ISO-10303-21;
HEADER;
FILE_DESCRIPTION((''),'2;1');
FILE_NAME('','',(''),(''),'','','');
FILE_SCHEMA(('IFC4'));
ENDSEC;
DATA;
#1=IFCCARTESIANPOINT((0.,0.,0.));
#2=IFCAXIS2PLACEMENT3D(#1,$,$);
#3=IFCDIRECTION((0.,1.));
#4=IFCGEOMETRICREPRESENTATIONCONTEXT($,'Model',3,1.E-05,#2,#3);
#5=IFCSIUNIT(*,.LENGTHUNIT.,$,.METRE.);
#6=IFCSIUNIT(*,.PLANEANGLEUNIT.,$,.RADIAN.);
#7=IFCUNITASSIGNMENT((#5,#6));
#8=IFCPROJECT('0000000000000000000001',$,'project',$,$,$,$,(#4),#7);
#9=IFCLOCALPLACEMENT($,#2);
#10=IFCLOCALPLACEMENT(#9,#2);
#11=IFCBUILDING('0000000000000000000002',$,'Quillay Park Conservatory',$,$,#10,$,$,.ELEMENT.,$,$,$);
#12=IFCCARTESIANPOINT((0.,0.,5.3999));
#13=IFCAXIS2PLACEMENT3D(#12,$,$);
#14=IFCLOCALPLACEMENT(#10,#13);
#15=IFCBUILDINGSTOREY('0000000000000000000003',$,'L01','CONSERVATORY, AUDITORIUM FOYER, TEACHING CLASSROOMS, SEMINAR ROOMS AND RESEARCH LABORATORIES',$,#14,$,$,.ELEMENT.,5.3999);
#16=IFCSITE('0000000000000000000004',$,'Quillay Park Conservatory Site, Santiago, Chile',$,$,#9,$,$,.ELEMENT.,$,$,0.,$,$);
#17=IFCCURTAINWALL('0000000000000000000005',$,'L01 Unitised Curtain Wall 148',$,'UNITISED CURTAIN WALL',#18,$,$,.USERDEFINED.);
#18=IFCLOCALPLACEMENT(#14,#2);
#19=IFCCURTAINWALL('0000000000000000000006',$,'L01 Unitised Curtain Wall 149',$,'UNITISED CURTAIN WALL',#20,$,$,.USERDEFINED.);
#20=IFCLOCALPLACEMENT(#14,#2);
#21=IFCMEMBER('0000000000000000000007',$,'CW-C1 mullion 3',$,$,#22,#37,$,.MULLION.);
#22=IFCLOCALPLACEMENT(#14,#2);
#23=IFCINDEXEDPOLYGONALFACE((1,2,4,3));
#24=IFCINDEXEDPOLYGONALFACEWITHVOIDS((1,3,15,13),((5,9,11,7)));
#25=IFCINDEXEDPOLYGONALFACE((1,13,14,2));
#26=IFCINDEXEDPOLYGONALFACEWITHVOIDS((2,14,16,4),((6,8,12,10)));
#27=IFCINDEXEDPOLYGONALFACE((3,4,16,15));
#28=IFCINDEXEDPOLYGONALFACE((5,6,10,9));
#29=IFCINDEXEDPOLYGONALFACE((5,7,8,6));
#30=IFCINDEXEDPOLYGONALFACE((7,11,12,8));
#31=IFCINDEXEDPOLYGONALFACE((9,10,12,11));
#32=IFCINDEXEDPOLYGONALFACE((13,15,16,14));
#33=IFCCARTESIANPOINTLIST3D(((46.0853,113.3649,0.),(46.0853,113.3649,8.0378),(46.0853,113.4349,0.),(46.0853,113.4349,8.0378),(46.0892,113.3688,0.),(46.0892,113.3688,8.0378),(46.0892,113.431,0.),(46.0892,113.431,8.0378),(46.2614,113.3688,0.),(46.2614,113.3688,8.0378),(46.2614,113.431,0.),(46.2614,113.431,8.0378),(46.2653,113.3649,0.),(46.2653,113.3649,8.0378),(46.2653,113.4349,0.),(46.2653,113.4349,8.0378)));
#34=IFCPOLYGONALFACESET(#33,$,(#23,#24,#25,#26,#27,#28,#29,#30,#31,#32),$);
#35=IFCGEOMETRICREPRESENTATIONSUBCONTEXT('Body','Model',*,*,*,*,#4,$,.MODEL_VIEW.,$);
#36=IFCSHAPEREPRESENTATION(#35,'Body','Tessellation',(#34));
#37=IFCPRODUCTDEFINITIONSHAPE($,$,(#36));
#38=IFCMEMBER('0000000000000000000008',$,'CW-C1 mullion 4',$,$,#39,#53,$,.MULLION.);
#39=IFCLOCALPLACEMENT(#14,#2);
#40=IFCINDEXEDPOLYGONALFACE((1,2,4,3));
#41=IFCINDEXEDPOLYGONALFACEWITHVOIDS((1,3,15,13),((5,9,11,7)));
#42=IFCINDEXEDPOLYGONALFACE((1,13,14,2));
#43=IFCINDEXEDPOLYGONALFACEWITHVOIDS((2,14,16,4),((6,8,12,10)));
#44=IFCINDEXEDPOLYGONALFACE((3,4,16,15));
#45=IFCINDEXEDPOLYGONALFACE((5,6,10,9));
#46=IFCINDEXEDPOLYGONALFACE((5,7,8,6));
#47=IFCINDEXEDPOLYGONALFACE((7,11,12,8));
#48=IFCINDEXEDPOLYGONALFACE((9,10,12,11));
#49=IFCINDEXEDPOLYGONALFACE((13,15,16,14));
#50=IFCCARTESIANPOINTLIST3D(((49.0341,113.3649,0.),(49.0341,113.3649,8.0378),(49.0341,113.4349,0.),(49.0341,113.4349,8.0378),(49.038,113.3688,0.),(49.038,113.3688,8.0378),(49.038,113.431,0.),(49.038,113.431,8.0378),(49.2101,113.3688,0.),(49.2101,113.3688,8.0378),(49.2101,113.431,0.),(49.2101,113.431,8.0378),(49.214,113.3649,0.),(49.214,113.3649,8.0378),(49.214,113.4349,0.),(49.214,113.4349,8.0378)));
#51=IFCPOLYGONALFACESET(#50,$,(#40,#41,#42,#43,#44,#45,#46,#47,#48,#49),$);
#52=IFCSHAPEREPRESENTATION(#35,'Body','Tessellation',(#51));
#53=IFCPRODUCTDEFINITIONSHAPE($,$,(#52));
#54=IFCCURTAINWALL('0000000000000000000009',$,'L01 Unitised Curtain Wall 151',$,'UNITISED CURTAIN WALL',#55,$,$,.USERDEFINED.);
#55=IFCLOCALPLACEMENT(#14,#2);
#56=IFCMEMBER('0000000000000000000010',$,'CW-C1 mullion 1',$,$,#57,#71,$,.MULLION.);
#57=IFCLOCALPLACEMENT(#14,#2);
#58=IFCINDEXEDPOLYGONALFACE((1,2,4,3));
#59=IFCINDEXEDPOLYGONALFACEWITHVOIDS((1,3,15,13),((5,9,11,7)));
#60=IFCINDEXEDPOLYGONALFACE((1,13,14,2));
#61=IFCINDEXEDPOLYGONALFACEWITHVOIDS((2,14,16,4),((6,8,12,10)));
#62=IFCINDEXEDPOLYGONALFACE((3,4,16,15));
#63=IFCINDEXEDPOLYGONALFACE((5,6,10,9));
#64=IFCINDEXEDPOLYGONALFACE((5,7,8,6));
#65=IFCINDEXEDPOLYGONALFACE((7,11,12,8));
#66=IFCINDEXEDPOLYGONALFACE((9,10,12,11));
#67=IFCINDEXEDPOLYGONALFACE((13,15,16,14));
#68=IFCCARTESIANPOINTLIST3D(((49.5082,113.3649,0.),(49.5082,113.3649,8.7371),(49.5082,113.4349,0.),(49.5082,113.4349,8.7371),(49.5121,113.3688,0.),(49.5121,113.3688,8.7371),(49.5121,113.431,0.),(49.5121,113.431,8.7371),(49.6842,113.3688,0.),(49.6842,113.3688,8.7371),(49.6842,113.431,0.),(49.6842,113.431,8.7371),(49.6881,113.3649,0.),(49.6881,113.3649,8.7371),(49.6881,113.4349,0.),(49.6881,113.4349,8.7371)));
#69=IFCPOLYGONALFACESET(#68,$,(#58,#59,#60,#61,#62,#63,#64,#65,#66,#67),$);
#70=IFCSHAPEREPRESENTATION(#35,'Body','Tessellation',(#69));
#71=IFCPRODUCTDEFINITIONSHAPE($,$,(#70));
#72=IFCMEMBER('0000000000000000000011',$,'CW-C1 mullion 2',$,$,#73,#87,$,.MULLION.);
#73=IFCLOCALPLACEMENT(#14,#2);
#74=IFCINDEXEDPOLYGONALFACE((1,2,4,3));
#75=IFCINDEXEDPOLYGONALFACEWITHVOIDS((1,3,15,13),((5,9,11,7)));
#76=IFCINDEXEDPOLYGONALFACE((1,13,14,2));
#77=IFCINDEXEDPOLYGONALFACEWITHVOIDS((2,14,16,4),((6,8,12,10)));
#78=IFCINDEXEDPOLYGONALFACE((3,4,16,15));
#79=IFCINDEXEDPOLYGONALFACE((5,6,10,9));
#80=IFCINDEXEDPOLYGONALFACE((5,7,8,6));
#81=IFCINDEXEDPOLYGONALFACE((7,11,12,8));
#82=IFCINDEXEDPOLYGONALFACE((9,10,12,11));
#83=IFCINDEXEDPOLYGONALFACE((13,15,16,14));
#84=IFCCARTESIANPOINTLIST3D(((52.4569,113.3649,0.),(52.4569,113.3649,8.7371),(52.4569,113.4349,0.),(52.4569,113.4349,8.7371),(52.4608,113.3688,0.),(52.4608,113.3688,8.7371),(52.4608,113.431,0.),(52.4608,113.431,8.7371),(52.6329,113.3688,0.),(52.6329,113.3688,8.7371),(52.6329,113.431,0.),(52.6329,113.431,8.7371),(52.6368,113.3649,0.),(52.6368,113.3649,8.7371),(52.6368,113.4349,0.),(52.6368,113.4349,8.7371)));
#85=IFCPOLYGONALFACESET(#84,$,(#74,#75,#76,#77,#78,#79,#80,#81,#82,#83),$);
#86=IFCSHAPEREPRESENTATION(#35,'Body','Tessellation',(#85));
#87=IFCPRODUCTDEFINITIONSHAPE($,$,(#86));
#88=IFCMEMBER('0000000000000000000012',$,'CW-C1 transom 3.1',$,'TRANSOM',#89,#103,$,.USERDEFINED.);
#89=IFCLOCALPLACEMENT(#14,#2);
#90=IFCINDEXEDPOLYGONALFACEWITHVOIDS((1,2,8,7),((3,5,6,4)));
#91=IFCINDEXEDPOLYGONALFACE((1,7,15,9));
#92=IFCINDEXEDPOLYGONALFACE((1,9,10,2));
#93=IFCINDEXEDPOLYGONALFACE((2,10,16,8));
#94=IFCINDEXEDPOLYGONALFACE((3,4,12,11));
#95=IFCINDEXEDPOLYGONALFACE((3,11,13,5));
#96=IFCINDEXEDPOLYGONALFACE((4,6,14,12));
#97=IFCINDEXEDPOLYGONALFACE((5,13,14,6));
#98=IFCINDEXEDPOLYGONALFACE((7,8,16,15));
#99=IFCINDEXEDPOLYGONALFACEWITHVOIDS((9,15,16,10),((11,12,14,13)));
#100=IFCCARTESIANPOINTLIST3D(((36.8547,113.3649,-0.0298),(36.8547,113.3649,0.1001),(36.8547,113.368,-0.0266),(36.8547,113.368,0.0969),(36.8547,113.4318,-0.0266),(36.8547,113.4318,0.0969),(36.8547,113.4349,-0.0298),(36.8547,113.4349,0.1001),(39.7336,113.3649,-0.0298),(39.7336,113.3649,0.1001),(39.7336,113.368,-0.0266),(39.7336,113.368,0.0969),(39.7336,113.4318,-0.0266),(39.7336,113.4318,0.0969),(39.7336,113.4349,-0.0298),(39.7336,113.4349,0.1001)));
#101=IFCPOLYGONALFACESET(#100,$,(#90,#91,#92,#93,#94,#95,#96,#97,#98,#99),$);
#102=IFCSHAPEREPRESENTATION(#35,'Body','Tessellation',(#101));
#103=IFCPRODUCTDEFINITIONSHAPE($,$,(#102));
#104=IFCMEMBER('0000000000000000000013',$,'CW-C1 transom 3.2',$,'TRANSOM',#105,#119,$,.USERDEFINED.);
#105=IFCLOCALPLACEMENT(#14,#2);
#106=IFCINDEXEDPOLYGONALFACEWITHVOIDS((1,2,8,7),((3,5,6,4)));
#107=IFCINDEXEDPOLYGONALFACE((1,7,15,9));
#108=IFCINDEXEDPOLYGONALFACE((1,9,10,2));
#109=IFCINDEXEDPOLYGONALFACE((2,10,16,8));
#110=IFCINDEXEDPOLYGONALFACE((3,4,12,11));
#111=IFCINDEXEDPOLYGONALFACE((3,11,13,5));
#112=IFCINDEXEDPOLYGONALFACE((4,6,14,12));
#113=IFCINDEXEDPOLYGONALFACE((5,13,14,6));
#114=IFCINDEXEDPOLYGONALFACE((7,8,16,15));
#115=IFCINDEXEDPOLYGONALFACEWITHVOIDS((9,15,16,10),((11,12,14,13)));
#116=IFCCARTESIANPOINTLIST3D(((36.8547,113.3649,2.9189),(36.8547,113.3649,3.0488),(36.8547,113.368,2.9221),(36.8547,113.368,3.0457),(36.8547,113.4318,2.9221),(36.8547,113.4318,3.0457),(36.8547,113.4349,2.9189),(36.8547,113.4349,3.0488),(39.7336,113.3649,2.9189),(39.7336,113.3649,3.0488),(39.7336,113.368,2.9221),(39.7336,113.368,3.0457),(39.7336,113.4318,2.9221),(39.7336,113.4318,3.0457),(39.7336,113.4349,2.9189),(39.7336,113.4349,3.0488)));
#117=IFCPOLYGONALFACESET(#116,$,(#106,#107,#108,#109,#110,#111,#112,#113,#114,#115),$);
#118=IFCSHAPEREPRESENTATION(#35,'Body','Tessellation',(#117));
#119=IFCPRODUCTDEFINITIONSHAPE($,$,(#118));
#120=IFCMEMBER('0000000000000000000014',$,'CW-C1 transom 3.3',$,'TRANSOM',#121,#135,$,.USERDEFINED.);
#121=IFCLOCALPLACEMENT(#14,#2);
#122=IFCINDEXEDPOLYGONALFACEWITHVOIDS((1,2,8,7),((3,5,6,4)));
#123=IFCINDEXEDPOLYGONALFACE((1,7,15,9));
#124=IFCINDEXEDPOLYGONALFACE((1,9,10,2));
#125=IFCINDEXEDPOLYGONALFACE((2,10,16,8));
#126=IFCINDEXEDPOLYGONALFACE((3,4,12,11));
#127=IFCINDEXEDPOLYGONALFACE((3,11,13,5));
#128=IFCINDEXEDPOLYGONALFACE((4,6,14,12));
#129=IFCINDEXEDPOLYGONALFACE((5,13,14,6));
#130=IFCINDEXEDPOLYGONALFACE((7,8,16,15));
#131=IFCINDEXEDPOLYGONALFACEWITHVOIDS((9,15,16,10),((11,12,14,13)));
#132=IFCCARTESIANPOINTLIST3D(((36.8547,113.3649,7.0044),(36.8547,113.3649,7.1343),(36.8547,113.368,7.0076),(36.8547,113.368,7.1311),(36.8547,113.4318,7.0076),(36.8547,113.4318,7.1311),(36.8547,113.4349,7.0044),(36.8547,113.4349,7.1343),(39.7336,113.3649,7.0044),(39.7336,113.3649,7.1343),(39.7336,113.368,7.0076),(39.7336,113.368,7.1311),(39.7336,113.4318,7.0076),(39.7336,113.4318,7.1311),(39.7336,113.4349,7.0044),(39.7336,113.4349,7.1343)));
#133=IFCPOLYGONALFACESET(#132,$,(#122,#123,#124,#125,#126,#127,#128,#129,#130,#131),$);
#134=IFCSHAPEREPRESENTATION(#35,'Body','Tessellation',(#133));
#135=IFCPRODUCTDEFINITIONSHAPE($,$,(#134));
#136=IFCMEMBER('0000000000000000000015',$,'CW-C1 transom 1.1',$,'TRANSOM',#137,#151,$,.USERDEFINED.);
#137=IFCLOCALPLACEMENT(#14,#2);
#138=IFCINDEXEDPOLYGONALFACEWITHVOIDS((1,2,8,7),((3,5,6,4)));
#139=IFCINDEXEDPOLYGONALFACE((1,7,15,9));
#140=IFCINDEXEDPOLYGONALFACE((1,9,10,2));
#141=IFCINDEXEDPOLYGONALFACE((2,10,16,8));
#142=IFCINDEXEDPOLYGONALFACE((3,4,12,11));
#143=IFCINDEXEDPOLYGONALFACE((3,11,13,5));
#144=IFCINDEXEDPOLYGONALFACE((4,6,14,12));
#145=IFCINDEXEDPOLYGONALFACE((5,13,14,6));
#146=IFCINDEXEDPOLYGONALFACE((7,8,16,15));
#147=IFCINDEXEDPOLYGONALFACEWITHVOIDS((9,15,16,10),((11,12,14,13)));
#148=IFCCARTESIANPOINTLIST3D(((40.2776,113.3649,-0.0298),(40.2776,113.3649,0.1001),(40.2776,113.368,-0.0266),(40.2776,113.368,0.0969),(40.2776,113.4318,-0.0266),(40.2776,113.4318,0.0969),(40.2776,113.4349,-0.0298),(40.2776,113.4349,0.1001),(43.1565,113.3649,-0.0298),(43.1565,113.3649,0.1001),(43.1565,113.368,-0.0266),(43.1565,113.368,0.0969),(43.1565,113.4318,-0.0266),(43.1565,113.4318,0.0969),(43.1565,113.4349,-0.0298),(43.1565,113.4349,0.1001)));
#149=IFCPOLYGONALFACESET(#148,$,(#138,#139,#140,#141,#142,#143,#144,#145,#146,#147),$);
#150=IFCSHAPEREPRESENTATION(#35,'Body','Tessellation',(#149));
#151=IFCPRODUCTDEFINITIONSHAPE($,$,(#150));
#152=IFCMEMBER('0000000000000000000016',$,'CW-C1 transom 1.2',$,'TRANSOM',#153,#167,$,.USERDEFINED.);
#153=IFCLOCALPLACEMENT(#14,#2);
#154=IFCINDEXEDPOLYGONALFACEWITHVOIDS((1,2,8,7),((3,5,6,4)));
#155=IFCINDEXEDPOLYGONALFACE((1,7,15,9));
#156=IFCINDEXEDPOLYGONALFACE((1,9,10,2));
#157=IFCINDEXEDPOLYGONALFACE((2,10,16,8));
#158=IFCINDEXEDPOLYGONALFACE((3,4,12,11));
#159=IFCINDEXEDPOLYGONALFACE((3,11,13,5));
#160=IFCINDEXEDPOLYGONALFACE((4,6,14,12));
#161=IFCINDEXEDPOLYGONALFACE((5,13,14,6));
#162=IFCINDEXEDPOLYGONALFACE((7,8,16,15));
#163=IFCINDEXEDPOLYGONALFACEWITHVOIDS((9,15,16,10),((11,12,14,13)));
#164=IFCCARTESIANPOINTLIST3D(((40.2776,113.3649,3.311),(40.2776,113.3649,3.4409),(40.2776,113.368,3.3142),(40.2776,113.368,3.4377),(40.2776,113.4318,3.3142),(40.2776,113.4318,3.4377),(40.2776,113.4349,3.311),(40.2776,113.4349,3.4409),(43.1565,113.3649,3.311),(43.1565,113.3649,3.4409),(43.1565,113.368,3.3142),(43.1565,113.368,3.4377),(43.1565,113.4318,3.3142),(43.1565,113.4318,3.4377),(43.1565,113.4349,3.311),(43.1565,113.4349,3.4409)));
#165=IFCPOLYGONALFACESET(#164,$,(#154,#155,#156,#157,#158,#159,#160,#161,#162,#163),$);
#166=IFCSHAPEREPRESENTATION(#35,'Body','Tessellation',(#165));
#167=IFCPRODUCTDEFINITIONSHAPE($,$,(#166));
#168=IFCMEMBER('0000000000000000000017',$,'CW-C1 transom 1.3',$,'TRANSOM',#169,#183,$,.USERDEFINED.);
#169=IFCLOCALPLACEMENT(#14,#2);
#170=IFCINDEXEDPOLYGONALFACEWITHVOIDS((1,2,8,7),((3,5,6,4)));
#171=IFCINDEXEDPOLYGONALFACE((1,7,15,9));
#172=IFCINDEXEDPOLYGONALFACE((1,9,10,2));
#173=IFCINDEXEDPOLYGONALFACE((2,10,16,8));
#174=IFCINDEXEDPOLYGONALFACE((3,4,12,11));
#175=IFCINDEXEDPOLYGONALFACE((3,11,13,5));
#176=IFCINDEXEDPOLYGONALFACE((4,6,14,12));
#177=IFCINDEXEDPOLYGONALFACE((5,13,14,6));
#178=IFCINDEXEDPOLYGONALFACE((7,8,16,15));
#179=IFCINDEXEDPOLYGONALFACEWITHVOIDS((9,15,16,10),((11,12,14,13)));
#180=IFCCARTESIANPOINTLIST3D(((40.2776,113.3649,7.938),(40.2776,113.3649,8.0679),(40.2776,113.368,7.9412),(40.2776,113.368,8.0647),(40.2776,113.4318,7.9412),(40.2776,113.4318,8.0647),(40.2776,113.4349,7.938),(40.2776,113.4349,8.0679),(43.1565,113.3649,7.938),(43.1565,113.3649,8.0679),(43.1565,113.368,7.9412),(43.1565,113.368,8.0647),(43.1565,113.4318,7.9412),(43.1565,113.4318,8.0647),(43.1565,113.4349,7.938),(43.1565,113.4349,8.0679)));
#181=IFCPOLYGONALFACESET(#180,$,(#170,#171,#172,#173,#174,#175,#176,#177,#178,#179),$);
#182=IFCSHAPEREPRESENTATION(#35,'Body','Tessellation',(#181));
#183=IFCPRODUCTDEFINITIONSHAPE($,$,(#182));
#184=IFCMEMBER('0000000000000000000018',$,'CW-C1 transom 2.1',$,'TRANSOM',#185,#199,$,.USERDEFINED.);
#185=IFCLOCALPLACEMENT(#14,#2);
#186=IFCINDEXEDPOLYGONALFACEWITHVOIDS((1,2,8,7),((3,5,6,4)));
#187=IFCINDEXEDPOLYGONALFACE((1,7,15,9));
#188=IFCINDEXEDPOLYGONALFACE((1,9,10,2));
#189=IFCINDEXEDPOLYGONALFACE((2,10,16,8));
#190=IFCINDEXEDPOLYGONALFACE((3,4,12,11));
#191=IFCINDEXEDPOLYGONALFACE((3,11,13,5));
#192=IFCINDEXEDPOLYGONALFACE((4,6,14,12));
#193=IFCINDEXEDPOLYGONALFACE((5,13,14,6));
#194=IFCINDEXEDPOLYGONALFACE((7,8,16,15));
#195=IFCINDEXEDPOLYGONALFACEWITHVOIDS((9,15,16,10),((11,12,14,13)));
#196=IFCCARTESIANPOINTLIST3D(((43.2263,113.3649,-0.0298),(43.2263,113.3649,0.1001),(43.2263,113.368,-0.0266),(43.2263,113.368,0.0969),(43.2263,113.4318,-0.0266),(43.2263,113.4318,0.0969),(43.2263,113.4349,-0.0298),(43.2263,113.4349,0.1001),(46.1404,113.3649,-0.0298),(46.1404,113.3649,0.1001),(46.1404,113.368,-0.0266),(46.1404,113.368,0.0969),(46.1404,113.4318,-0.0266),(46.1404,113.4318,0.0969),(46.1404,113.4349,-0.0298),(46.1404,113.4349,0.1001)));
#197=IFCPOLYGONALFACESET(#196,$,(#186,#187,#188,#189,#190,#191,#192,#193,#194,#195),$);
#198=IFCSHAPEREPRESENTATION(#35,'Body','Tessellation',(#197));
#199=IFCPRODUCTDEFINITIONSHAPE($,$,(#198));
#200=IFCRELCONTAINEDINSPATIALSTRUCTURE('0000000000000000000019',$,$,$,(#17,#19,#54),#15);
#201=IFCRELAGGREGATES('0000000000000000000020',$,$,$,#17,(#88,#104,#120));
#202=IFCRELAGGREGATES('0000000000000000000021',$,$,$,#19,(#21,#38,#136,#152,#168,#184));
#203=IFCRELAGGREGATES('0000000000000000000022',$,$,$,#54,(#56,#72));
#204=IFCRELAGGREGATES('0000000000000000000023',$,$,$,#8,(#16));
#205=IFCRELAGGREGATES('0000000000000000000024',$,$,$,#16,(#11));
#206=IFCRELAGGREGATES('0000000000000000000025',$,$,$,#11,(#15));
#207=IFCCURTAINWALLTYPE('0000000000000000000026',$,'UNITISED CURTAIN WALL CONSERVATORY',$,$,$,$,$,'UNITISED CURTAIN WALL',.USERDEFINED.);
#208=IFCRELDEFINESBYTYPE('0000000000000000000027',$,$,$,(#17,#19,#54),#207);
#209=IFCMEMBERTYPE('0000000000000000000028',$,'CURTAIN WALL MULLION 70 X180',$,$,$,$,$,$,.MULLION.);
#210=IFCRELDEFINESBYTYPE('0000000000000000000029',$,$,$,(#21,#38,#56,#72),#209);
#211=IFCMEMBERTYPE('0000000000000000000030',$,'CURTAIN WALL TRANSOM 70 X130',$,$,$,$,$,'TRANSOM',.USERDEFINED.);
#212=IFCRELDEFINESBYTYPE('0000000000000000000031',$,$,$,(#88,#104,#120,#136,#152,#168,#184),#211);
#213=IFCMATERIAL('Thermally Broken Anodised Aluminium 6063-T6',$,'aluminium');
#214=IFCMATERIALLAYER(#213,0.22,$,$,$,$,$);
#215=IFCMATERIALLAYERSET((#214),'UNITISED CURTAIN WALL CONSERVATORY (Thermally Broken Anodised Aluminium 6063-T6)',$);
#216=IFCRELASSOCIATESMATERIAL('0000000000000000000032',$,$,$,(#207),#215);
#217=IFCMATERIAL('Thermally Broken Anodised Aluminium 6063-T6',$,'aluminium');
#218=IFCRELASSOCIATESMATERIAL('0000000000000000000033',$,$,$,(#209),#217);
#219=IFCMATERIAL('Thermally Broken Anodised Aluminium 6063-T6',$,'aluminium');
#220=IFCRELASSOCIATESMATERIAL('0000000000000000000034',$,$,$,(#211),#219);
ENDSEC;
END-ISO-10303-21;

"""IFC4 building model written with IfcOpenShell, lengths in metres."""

from ifc_helpers import new_model, si_unit, direction, frame, origin, origin_2d, place, context, subcontext, project, spatial, hollow_rectangle, extrude, material, layer, layer_set, material_profile, profile_set, type_object, element, aggregate, save


model = new_model("IFC4")

# Units and contexts
model_context = context("Model", 3, precision=1e-05, world=origin(), true_north=direction((0.0, 1.0)))
body_context = subcontext(model_context, "Body", "Model", "MODEL_VIEW")
ifc_project = project(units=[si_unit("LENGTHUNIT", "METRE"), si_unit("PLANEANGLEUNIT", "RADIAN")], contexts=[model_context])

# Site, building, storey
site_placement = place(None, origin())
site = spatial("IfcSite", under=ifc_project, at=site_placement, Name="Quillay Park Conservatory Site, Santiago, Chile", CompositionType="ELEMENT", RefElevation=0.0)
building_placement = place(site_placement, origin())
building = spatial("IfcBuilding", under=site, at=building_placement, Name="Quillay Park Conservatory", CompositionType="ELEMENT")
storey_placement = place(building_placement, frame((0.0, 0.0, 5.3999)))
storey = spatial("IfcBuildingStorey", under=building, at=storey_placement, Name="L01", Description="CONSERVATORY, AUDITORIUM FOYER, TEACHING CLASSROOMS, SEMINAR ROOMS AND RESEARCH LABORATORIES", CompositionType="ELEMENT", Elevation=5.3999)

# Curtain walls, members
ifc_material_1 = material(Name="Thermally Broken Anodised Aluminium 6063-T6", Category="aluminium")
ifc_layer_1 = layer(ifc_material_1, 0.22)
ifc_layer_set_1 = layer_set([ifc_layer_1], Name="UNITISED CURTAIN WALL CONSERVATORY (Thermally Broken Anodised Aluminium 6063-T6)")
curtain_wall_type = type_object("IfcCurtainWallType", Name="UNITISED CURTAIN WALL CONSERVATORY", ElementType="UNITISED CURTAIN WALL", PredefinedType="USERDEFINED", material=ifc_layer_set_1)
curtain_wall_1_placement = place(storey_placement, origin())
curtain_wall_1 = element("IfcCurtainWall", 1, at=curtain_wall_1_placement, inside=storey, type_object=curtain_wall_type, Name="L01 Unitised Curtain Wall 148", ObjectType="UNITISED CURTAIN WALL", PredefinedType="USERDEFINED")
ifc_material_2 = material(Name="Thermally Broken Anodised Aluminium 6063-T6", Category="aluminium")
ifc_material_profile_1 = material_profile(ifc_material_2, hollow_rectangle(XDim=0.0701, YDim=0.1799, WallThickness=0.0039, at=origin_2d()), Name="AL70x180x4")
ifc_profile_set_1 = profile_set([ifc_material_profile_1], Name="Thermally Broken Anodised Aluminium 6063-T6")
member_type_1 = type_object("IfcMemberType", Name="CURTAIN WALL MULLION 70 X180", PredefinedType="MULLION", material=ifc_profile_set_1)
curtain_wall_2_placement = place(storey_placement, origin())
curtain_wall_2 = element("IfcCurtainWall", 2, at=curtain_wall_2_placement, inside=storey, type_object=curtain_wall_type, Name="L01 Unitised Curtain Wall 149", ObjectType="UNITISED CURTAIN WALL", PredefinedType="USERDEFINED")
member_1_placement = place(storey_placement, frame((46.1753, 113.3999, 0.0), z_axis=(0.0, 0.0, 1.0), x_axis=(0.0, 1.0, 0.0)))
member_1 = element("IfcMember", 3, at=member_1_placement, type_object=member_type_1, Name="CW-C1 mullion 3", PredefinedType="MULLION", context=body_context, shape_type="SweptSolid", body=[
    extrude(hollow_rectangle(XDim=0.0701, YDim=0.1799, WallThickness=0.0039, at=origin_2d()), origin(), (0.0, 0.0, 1.0), 8.0378),
])
member_2_placement = place(storey_placement, frame((49.124, 113.3999, 0.0), z_axis=(0.0, 0.0, 1.0), x_axis=(0.0, 1.0, 0.0)))
member_2 = element("IfcMember", 4, at=member_2_placement, type_object=member_type_1, Name="CW-C1 mullion 4", PredefinedType="MULLION", context=body_context, shape_type="SweptSolid", body=[
    extrude(hollow_rectangle(XDim=0.0701, YDim=0.1799, WallThickness=0.0039, at=origin_2d()), origin(), (0.0, 0.0, 1.0), 8.0378),
])
curtain_wall_3_placement = place(storey_placement, origin())
curtain_wall_3 = element("IfcCurtainWall", 5, at=curtain_wall_3_placement, inside=storey, type_object=curtain_wall_type, Name="L01 Unitised Curtain Wall 151", ObjectType="UNITISED CURTAIN WALL", PredefinedType="USERDEFINED")
member_3_placement = place(storey_placement, frame((49.5981, 113.3999, 0.0), z_axis=(0.0, 0.0, 1.0), x_axis=(0.0, 1.0, 0.0)))
member_3 = element("IfcMember", 6, at=member_3_placement, type_object=member_type_1, Name="CW-C1 mullion 1", PredefinedType="MULLION", context=body_context, shape_type="SweptSolid", body=[
    extrude(hollow_rectangle(XDim=0.0701, YDim=0.1799, WallThickness=0.0039, at=origin_2d()), origin(), (0.0, 0.0, 1.0), 8.7371),
])
member_4_placement = place(storey_placement, frame((52.5469, 113.3999, 0.0), z_axis=(0.0, 0.0, 1.0), x_axis=(0.0, 1.0, 0.0)))
member_4 = element("IfcMember", 7, at=member_4_placement, type_object=member_type_1, Name="CW-C1 mullion 2", PredefinedType="MULLION", context=body_context, shape_type="SweptSolid", body=[
    extrude(hollow_rectangle(XDim=0.0701, YDim=0.1799, WallThickness=0.0039, at=origin_2d()), origin(), (0.0, 0.0, 1.0), 8.7371),
])

# Members
ifc_material_3 = material(Name="Thermally Broken Anodised Aluminium 6063-T6", Category="aluminium")
ifc_material_profile_2 = material_profile(ifc_material_3, hollow_rectangle(XDim=0.0701, YDim=0.1299, WallThickness=0.0032, at=origin_2d()), Name="AL70x130x3.2")
ifc_profile_set_2 = profile_set([ifc_material_profile_2], Name="Thermally Broken Anodised Aluminium 6063-T6")
member_type_2 = type_object("IfcMemberType", Name="CURTAIN WALL TRANSOM 70 X130", ElementType="TRANSOM", PredefinedType="USERDEFINED", material=ifc_profile_set_2)
member_5_placement = place(storey_placement, frame((36.8547, 113.3999, 0.0352), z_axis=(1.0, 0.0, 0.0), x_axis=(0.0, 1.0, 0.0)))
member_5 = element("IfcMember", 8, at=member_5_placement, type_object=member_type_2, Name="CW-C1 transom 3.1", ObjectType="TRANSOM", PredefinedType="USERDEFINED", context=body_context, shape_type="SweptSolid", body=[
    extrude(hollow_rectangle(XDim=0.0701, YDim=0.1299, WallThickness=0.0032, at=origin_2d()), origin(), (0.0, 0.0, 1.0), 2.8789),
])
member_6_placement = place(storey_placement, frame((36.8547, 113.3999, 2.9839), z_axis=(1.0, 0.0, 0.0), x_axis=(0.0, 1.0, 0.0)))
member_6 = element("IfcMember", 9, at=member_6_placement, type_object=member_type_2, Name="CW-C1 transom 3.2", ObjectType="TRANSOM", PredefinedType="USERDEFINED", context=body_context, shape_type="SweptSolid", body=[
    extrude(hollow_rectangle(XDim=0.0701, YDim=0.1299, WallThickness=0.0032, at=origin_2d()), origin(), (0.0, 0.0, 1.0), 2.8789),
])
member_7_placement = place(storey_placement, frame((36.8547, 113.3999, 7.0693), z_axis=(1.0, 0.0, 0.0), x_axis=(0.0, 1.0, 0.0)))
member_7 = element("IfcMember", 10, at=member_7_placement, type_object=member_type_2, Name="CW-C1 transom 3.3", ObjectType="TRANSOM", PredefinedType="USERDEFINED", context=body_context, shape_type="SweptSolid", body=[
    extrude(hollow_rectangle(XDim=0.0701, YDim=0.1299, WallThickness=0.0032, at=origin_2d()), origin(), (0.0, 0.0, 1.0), 2.8789),
])
member_8_placement = place(storey_placement, frame((40.2776, 113.3999, 0.0352), z_axis=(1.0, 0.0, 0.0), x_axis=(0.0, 1.0, 0.0)))
member_8 = element("IfcMember", 11, at=member_8_placement, type_object=member_type_2, Name="CW-C1 transom 1.1", ObjectType="TRANSOM", PredefinedType="USERDEFINED", context=body_context, shape_type="SweptSolid", body=[
    extrude(hollow_rectangle(XDim=0.0701, YDim=0.1299, WallThickness=0.0032, at=origin_2d()), origin(), (0.0, 0.0, 1.0), 2.8789),
])
member_9_placement = place(storey_placement, frame((40.2776, 113.3999, 3.376), z_axis=(1.0, 0.0, 0.0), x_axis=(0.0, 1.0, 0.0)))
member_9 = element("IfcMember", 12, at=member_9_placement, type_object=member_type_2, Name="CW-C1 transom 1.2", ObjectType="TRANSOM", PredefinedType="USERDEFINED", context=body_context, shape_type="SweptSolid", body=[
    extrude(hollow_rectangle(XDim=0.0701, YDim=0.1299, WallThickness=0.0032, at=origin_2d()), origin(), (0.0, 0.0, 1.0), 2.8789),
])
member_10_placement = place(storey_placement, frame((40.2776, 113.3999, 8.0029), z_axis=(1.0, 0.0, 0.0), x_axis=(0.0, 1.0, 0.0)))
member_10 = element("IfcMember", 13, at=member_10_placement, type_object=member_type_2, Name="CW-C1 transom 1.3", ObjectType="TRANSOM", PredefinedType="USERDEFINED", context=body_context, shape_type="SweptSolid", body=[
    extrude(hollow_rectangle(XDim=0.0701, YDim=0.1299, WallThickness=0.0032, at=origin_2d()), origin(), (0.0, 0.0, 1.0), 2.8789),
])
member_11_placement = place(storey_placement, frame((43.2263, 113.3999, 0.0352), z_axis=(1.0, 0.0, 0.0), x_axis=(0.0, 1.0, 0.0)))
member_11 = element("IfcMember", 14, at=member_11_placement, type_object=member_type_2, Name="CW-C1 transom 2.1", ObjectType="TRANSOM", PredefinedType="USERDEFINED", context=body_context, shape_type="SweptSolid", body=[
    extrude(hollow_rectangle(XDim=0.0701, YDim=0.1299, WallThickness=0.0032, at=origin_2d()), origin(), (0.0, 0.0, 1.0), 2.9141),
])

aggregate(curtain_wall_1, [member_5, member_6, member_7])
aggregate(curtain_wall_2, [member_1, member_2, member_8, member_9, member_10, member_11])
aggregate(curtain_wall_3, [member_3, member_4])

save(model, "model.ifc")
